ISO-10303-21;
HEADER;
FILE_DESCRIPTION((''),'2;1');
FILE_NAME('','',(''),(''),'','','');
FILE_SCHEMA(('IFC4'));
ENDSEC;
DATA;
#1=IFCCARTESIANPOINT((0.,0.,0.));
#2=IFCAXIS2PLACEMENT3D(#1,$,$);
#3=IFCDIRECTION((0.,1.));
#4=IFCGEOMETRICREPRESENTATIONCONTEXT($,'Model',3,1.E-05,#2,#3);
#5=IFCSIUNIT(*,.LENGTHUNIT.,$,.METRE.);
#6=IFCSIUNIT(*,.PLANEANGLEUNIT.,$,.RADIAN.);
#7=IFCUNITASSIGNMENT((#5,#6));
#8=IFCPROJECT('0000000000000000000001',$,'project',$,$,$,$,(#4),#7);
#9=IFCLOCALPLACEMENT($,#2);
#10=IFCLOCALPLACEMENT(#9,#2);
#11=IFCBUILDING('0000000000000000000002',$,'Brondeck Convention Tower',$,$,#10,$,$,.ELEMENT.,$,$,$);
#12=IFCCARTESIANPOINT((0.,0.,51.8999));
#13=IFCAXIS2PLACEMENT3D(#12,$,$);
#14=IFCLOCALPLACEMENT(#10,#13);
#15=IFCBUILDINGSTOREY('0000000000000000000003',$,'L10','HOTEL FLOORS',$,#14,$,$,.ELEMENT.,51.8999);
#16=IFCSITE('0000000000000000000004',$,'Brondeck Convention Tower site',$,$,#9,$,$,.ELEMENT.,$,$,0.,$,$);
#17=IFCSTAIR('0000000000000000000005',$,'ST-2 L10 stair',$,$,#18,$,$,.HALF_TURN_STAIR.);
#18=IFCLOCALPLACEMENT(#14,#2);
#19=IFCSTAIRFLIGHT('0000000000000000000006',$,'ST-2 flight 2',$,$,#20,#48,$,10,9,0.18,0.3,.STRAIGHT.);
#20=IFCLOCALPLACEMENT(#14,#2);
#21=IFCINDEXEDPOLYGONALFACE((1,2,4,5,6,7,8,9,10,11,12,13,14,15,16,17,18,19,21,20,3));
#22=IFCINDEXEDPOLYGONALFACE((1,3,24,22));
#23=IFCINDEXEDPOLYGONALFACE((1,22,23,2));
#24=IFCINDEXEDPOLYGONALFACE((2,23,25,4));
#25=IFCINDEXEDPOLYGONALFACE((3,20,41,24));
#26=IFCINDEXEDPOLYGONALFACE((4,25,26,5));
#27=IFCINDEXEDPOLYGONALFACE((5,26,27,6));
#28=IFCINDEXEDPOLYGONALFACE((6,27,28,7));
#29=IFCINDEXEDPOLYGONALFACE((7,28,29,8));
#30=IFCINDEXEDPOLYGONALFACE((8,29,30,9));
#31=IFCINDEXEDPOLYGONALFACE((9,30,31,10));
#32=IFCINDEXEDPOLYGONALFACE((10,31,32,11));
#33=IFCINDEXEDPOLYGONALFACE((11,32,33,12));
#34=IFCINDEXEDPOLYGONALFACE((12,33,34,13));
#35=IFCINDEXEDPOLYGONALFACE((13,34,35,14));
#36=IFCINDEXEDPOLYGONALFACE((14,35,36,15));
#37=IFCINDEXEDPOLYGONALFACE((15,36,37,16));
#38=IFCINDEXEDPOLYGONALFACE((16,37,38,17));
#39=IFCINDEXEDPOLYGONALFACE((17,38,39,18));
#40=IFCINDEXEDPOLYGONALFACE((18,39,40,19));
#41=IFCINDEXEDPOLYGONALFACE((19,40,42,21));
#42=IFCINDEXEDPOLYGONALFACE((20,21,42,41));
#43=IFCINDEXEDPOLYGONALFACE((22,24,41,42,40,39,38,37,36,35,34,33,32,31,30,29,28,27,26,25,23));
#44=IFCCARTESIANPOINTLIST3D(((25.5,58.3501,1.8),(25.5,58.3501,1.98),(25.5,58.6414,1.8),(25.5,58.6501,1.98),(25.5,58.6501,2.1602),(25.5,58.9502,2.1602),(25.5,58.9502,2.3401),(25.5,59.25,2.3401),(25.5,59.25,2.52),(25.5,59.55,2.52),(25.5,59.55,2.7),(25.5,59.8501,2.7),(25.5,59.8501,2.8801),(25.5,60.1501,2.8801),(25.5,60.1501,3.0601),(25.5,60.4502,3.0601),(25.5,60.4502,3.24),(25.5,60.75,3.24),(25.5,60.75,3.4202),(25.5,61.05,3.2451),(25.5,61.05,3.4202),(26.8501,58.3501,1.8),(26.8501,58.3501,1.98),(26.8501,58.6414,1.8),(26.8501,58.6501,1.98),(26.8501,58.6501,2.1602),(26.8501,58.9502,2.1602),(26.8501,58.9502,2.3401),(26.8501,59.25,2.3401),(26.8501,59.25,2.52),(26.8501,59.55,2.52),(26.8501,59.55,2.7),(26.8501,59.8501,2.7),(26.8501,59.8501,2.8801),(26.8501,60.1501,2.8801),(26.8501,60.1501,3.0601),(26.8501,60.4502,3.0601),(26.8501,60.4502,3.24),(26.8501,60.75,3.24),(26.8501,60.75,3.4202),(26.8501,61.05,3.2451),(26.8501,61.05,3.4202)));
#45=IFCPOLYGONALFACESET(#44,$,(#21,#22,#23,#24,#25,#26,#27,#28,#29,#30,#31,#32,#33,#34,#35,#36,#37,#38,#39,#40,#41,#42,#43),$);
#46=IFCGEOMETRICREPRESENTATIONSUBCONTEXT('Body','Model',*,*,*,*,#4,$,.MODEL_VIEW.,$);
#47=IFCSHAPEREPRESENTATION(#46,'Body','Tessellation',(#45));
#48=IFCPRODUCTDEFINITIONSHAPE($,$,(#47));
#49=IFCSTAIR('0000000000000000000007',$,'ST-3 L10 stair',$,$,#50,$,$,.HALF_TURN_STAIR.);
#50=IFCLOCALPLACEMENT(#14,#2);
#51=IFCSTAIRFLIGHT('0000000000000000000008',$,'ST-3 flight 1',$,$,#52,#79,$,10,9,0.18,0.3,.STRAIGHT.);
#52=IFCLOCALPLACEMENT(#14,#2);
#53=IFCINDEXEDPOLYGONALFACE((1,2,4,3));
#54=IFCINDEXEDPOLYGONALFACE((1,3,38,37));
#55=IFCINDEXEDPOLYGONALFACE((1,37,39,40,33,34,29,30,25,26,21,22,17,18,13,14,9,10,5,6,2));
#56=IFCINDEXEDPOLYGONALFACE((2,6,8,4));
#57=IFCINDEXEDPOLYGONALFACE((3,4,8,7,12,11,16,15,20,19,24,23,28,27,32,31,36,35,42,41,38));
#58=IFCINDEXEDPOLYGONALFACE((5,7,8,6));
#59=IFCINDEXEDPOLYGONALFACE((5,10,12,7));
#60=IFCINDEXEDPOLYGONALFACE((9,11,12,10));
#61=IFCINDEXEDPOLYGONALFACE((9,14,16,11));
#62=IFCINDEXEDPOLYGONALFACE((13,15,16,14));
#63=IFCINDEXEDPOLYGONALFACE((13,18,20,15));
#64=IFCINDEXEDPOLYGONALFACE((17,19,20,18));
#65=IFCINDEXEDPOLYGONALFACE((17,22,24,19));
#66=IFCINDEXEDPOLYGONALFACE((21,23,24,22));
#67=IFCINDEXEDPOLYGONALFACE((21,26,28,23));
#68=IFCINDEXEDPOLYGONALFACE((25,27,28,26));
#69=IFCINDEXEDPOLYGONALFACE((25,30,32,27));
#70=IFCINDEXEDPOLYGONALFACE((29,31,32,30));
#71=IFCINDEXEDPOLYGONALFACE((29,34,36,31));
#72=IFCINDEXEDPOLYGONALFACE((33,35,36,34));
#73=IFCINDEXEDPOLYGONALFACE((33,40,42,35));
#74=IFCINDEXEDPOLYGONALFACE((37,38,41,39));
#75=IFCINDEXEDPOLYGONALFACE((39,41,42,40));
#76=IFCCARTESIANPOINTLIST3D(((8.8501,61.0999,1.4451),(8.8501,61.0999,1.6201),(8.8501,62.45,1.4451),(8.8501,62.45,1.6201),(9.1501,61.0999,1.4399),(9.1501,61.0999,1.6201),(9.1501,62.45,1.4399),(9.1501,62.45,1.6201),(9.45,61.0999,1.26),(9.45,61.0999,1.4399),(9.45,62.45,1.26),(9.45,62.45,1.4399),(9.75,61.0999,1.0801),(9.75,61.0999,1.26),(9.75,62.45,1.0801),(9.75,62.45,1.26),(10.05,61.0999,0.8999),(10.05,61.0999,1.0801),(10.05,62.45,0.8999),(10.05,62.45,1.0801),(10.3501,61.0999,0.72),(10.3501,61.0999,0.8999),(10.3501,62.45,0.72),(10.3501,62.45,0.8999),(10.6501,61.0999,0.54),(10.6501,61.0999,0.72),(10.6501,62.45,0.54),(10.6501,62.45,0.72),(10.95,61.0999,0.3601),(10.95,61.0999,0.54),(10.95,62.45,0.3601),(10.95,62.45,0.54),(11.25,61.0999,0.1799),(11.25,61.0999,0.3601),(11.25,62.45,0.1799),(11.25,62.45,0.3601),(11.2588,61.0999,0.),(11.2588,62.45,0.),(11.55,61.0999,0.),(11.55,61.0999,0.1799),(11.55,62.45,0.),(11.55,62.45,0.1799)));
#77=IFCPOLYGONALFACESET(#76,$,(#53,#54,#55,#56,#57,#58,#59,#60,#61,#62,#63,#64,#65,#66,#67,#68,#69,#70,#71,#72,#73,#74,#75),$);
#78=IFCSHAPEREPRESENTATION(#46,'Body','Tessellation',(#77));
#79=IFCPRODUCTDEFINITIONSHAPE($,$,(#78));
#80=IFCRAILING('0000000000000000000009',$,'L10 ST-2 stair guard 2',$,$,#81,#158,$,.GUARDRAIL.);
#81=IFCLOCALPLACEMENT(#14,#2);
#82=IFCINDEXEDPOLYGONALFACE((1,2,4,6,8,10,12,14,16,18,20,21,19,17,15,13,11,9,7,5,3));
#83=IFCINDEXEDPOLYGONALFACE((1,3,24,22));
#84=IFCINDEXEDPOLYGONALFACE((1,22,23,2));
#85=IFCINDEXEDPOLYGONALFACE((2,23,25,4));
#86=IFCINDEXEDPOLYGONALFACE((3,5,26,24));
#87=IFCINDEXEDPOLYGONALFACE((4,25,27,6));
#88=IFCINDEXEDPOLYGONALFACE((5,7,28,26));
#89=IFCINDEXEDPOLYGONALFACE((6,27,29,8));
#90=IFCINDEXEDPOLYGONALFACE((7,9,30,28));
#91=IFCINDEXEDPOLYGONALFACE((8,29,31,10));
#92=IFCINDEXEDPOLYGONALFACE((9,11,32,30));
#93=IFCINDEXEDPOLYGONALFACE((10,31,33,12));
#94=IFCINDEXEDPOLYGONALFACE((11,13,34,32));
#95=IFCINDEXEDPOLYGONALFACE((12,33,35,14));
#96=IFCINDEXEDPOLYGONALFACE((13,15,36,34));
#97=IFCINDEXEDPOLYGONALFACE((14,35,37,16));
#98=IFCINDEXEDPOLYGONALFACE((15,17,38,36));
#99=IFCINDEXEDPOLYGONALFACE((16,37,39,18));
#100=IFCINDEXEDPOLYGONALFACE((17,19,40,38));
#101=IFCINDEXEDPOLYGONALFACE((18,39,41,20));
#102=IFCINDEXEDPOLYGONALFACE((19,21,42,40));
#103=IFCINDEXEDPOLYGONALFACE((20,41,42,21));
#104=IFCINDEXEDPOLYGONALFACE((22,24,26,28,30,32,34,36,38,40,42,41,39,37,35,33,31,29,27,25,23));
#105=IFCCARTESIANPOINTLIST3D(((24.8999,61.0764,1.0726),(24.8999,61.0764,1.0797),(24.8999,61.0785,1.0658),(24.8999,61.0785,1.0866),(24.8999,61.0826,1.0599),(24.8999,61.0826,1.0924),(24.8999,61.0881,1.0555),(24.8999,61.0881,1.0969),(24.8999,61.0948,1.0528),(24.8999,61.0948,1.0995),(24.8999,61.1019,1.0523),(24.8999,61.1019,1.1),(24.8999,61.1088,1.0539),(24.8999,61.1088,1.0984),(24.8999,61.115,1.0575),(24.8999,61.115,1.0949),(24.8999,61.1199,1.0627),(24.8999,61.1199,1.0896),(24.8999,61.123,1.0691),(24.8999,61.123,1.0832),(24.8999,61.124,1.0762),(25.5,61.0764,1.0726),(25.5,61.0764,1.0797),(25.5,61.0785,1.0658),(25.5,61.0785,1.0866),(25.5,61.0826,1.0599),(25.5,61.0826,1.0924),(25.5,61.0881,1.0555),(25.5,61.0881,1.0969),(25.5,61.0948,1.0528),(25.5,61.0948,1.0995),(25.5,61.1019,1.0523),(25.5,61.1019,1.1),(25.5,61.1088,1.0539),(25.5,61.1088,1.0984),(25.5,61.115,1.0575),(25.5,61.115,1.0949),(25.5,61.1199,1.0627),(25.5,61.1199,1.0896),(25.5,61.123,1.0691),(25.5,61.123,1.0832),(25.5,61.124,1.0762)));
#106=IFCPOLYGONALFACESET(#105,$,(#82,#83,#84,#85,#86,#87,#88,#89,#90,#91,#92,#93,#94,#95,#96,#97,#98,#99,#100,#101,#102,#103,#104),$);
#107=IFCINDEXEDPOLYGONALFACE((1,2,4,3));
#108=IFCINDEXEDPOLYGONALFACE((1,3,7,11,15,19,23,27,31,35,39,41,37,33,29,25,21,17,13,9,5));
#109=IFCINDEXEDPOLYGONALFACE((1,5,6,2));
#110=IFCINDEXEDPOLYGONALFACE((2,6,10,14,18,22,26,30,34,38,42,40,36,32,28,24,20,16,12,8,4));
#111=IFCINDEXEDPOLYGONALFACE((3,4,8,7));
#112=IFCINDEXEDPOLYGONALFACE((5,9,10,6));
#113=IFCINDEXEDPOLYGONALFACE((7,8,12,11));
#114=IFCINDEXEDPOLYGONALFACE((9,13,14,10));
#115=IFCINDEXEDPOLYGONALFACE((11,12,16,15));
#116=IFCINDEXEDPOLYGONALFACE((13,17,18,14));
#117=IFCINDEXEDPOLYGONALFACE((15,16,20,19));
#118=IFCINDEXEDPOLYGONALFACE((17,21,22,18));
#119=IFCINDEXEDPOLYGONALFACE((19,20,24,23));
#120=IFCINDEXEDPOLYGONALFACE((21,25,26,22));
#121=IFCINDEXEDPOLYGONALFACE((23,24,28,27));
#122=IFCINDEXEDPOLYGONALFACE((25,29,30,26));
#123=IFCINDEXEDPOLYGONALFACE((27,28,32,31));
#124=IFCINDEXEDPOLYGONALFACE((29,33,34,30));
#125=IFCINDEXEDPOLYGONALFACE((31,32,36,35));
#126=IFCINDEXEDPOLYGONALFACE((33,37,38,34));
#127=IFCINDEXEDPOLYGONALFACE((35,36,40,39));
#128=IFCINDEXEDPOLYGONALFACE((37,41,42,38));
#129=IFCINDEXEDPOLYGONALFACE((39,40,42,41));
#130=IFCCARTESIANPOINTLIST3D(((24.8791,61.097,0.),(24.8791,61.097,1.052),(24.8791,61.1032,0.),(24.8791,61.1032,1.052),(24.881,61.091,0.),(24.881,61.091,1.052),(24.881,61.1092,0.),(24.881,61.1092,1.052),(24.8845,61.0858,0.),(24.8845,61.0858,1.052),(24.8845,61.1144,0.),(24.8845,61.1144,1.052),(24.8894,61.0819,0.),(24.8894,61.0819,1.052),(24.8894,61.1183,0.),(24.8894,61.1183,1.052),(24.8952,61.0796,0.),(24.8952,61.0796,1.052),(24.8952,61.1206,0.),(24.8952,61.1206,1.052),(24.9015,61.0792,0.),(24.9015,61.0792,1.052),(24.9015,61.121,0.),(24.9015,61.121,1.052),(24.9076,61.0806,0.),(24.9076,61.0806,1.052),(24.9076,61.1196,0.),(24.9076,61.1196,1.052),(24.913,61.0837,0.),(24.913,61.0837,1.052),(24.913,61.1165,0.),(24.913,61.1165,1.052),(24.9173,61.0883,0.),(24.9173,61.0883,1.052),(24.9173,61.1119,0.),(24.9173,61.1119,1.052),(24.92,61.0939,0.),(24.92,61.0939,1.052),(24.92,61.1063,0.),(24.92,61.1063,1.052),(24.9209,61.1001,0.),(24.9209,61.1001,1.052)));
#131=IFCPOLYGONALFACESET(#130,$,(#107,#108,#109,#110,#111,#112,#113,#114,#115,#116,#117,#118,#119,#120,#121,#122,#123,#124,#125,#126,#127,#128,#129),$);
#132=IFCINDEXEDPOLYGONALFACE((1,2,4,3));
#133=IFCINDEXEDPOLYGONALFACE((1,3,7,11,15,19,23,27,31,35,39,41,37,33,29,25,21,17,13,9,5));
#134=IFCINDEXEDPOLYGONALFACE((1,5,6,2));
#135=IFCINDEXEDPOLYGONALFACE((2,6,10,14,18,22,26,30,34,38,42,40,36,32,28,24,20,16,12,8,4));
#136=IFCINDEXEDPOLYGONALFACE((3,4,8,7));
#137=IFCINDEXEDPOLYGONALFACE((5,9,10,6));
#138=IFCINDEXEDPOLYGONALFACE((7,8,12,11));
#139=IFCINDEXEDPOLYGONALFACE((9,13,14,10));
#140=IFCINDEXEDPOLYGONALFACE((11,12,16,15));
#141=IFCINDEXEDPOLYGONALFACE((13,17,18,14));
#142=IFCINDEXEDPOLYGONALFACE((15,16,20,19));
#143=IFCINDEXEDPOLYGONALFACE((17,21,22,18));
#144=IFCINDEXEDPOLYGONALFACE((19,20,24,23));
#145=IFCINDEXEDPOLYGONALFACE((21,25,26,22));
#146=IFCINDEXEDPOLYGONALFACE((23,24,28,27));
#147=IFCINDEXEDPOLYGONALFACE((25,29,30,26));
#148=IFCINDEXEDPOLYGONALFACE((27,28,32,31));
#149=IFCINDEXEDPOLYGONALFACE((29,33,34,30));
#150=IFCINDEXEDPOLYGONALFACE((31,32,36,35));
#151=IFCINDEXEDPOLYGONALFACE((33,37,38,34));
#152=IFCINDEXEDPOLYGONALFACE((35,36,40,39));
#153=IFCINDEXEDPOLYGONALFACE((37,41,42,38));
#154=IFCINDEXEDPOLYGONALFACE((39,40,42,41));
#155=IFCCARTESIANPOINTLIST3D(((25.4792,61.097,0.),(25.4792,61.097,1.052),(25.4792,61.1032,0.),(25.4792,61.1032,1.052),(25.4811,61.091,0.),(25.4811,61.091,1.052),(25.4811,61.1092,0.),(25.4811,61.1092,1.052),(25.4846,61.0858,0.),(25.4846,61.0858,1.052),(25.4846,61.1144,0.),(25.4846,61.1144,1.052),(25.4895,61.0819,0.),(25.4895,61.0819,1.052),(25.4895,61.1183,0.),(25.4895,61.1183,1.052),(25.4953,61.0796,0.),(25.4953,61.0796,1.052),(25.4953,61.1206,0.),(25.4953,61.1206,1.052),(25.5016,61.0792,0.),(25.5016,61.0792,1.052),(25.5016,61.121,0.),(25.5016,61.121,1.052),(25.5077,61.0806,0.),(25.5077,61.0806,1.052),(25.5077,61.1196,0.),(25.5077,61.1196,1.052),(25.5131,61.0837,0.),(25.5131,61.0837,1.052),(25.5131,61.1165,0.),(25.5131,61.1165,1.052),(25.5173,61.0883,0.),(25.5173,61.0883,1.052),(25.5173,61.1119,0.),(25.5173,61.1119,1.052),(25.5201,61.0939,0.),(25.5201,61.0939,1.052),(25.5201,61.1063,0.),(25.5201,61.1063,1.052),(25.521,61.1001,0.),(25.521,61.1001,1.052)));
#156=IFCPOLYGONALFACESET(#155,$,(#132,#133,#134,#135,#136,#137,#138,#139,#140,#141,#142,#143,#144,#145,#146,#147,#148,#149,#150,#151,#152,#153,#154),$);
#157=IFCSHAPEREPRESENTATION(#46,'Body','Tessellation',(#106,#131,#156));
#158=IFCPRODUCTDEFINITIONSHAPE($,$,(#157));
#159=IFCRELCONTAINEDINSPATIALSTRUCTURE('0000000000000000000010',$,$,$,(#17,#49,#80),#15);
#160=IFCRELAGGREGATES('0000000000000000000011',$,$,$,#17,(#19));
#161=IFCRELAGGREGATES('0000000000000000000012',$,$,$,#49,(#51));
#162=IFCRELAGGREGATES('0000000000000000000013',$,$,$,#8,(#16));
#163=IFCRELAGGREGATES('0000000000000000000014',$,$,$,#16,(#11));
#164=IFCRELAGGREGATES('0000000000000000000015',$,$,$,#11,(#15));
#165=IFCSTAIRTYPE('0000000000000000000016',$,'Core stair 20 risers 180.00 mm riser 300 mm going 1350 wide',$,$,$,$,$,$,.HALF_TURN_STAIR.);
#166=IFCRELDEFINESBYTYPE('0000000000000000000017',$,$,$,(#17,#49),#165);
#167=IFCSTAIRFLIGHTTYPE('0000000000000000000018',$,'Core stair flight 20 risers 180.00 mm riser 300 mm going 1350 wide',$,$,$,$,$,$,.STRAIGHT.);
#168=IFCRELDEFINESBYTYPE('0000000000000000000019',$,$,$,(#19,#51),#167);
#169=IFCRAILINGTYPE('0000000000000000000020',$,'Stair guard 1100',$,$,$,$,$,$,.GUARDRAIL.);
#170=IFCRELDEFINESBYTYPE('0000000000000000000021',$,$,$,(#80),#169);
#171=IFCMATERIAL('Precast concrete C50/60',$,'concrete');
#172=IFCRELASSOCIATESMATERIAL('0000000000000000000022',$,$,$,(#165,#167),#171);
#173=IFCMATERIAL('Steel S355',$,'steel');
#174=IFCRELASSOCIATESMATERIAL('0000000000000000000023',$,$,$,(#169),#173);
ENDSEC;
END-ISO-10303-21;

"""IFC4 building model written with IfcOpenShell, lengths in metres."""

from ifc_helpers import new_model, si_unit, direction, frame, origin, origin_2d, place, context, subcontext, project, spatial, polyline, circle, outline, extrude, material, type_object, element, aggregate, save


model = new_model("IFC4")

# Units and contexts
model_context = context("Model", 3, precision=1e-05, world=origin(), true_north=direction((0.0, 1.0)))
body_context = subcontext(model_context, "Body", "Model", "MODEL_VIEW")
ifc_project = project(units=[si_unit("LENGTHUNIT", "METRE"), si_unit("PLANEANGLEUNIT", "RADIAN")], contexts=[model_context])

# Site, building, storey
site_placement = place(None, origin())
site = spatial("IfcSite", under=ifc_project, at=site_placement, Name="Brondeck Convention Tower site", CompositionType="ELEMENT", RefElevation=0.0)
building_placement = place(site_placement, origin())
building = spatial("IfcBuilding", under=site, at=building_placement, Name="Brondeck Convention Tower", CompositionType="ELEMENT")
storey_placement = place(building_placement, frame((0.0, 0.0, 51.8999)))
storey = spatial("IfcBuildingStorey", under=building, at=storey_placement, Name="L10", Description="HOTEL FLOORS", CompositionType="ELEMENT", Elevation=51.8999)

# Stair, stair flight
ifc_material_1 = material(Name="Precast concrete C50/60", Category="concrete")
stair_type = type_object("IfcStairType", Name="Core stair 20 risers 180.00 mm riser 300 mm going 1350 wide", PredefinedType="HALF_TURN_STAIR", material=ifc_material_1)
stair_1_placement = place(storey_placement, origin())
stair_1 = element("IfcStair", 1, at=stair_1_placement, inside=storey, type_object=stair_type, Name="ST-2 L10 stair", PredefinedType="HALF_TURN_STAIR")
stair_flight_type = type_object("IfcStairFlightType", Name="Core stair flight 20 risers 180.00 mm riser 300 mm going 1350 wide", PredefinedType="STRAIGHT", material=ifc_material_1)
stair_flight_1_placement = place(storey_placement, frame((26.175, 58.3501, 1.8), z_axis=(0.0, 0.0, 1.0), x_axis=(0.0, 1.0, 0.0)))
stair_flight_1 = element("IfcStairFlight", 2, at=stair_flight_1_placement, type_object=stair_flight_type, Name="ST-2 flight 2", NumberOfRisers=10, NumberOfTreads=9, PredefinedType="STRAIGHT", RiserHeight=0.18, TreadLength=0.3, context=body_context, shape_type="SweptSolid", body=[
    extrude(outline(polyline([(0.0, 0.0), (0.0, 0.1799), (0.3, 0.1799), (0.3, 0.3601), (0.6001, 0.3601), (0.6001, 0.54), (0.8999, 0.54), (0.8999, 0.72), (1.2, 0.72), (1.2, 0.8999), (1.5, 0.8999), (1.5, 1.0801), (1.8, 1.0801), (1.8, 1.26), (2.1001, 1.26), (2.1001, 1.4399), (2.3999, 1.4399), (2.3999, 1.6201), (2.7, 1.6201), (2.7, 1.8), (2.7, 1.4451), (0.2913, 0.0), (0.0, 0.0)])), frame((0.0, 0.675, 0.0), z_axis=(0.0, -1.0, 0.0), x_axis=(1.0, 0.0, 0.0)), (0.0, 0.0, 1.0), 1.3501),
])
aggregate(stair_1, [stair_flight_1])

# Stair, stair flight
stair_2_placement = place(storey_placement, origin())
stair_2 = element("IfcStair", 3, at=stair_2_placement, inside=storey, type_object=stair_type, Name="ST-3 L10 stair", PredefinedType="HALF_TURN_STAIR")
stair_flight_2_placement = place(storey_placement, frame((11.55, 61.7749, 0.0), z_axis=(0.0, 0.0, 1.0), x_axis=(-1.0, 0.0, 0.0)))
stair_flight_2 = element("IfcStairFlight", 4, at=stair_flight_2_placement, type_object=stair_flight_type, Name="ST-3 flight 1", NumberOfRisers=10, NumberOfTreads=9, PredefinedType="STRAIGHT", RiserHeight=0.18, TreadLength=0.3, context=body_context, shape_type="SweptSolid", body=[
    extrude(outline(polyline([(0.0, 0.0), (0.0, 0.1799), (0.3, 0.1799), (0.3, 0.3601), (0.6001, 0.3601), (0.6001, 0.54), (0.8999, 0.54), (0.8999, 0.72), (1.2, 0.72), (1.2, 0.8999), (1.5, 0.8999), (1.5, 1.0801), (1.8, 1.0801), (1.8, 1.26), (2.1001, 1.26), (2.1001, 1.4399), (2.3999, 1.4399), (2.3999, 1.6201), (2.7, 1.6201), (2.7, 1.8), (2.7, 1.4451), (0.2913, 0.0), (0.0, 0.0)])), frame((0.0, 0.675, 0.0), z_axis=(0.0, -1.0, 0.0), x_axis=(1.0, 0.0, 0.0)), (0.0, 0.0, 1.0), 1.3501),
])
aggregate(stair_2, [stair_flight_2])

# Railing
ifc_material_2 = material(Name="Steel S355", Category="steel")
railing_type_1 = type_object("IfcRailingType", Name="Stair guard 1100", PredefinedType="GUARDRAIL", material=ifc_material_2)
railing_1_placement = place(storey_placement, frame((24.8999, 61.1001, 0.0)))
element("IfcRailing", 5, at=railing_1_placement, inside=storey, type_object=railing_type_1, Name="L10 ST-2 stair guard 2", PredefinedType="GUARDRAIL", context=body_context, shape_type="SweptSolid", body=[
    extrude(circle(Radius=0.0239, at=origin_2d()), frame((0.0, 0.0, 1.0762), z_axis=(1.0, 0.0, 0.0), x_axis=(0.0, 1.0, 0.0)), (0.0, 0.0, 1.0), 0.6001),
    extrude(circle(Radius=0.021, at=origin_2d()), origin(), (0.0, 0.0, 1.0), 1.052),
    extrude(circle(Radius=0.021, at=origin_2d()), frame((0.6001, 0.0, 0.0)), (0.0, 0.0, 1.0), 1.052),
])

save(model, "model.ifc")
